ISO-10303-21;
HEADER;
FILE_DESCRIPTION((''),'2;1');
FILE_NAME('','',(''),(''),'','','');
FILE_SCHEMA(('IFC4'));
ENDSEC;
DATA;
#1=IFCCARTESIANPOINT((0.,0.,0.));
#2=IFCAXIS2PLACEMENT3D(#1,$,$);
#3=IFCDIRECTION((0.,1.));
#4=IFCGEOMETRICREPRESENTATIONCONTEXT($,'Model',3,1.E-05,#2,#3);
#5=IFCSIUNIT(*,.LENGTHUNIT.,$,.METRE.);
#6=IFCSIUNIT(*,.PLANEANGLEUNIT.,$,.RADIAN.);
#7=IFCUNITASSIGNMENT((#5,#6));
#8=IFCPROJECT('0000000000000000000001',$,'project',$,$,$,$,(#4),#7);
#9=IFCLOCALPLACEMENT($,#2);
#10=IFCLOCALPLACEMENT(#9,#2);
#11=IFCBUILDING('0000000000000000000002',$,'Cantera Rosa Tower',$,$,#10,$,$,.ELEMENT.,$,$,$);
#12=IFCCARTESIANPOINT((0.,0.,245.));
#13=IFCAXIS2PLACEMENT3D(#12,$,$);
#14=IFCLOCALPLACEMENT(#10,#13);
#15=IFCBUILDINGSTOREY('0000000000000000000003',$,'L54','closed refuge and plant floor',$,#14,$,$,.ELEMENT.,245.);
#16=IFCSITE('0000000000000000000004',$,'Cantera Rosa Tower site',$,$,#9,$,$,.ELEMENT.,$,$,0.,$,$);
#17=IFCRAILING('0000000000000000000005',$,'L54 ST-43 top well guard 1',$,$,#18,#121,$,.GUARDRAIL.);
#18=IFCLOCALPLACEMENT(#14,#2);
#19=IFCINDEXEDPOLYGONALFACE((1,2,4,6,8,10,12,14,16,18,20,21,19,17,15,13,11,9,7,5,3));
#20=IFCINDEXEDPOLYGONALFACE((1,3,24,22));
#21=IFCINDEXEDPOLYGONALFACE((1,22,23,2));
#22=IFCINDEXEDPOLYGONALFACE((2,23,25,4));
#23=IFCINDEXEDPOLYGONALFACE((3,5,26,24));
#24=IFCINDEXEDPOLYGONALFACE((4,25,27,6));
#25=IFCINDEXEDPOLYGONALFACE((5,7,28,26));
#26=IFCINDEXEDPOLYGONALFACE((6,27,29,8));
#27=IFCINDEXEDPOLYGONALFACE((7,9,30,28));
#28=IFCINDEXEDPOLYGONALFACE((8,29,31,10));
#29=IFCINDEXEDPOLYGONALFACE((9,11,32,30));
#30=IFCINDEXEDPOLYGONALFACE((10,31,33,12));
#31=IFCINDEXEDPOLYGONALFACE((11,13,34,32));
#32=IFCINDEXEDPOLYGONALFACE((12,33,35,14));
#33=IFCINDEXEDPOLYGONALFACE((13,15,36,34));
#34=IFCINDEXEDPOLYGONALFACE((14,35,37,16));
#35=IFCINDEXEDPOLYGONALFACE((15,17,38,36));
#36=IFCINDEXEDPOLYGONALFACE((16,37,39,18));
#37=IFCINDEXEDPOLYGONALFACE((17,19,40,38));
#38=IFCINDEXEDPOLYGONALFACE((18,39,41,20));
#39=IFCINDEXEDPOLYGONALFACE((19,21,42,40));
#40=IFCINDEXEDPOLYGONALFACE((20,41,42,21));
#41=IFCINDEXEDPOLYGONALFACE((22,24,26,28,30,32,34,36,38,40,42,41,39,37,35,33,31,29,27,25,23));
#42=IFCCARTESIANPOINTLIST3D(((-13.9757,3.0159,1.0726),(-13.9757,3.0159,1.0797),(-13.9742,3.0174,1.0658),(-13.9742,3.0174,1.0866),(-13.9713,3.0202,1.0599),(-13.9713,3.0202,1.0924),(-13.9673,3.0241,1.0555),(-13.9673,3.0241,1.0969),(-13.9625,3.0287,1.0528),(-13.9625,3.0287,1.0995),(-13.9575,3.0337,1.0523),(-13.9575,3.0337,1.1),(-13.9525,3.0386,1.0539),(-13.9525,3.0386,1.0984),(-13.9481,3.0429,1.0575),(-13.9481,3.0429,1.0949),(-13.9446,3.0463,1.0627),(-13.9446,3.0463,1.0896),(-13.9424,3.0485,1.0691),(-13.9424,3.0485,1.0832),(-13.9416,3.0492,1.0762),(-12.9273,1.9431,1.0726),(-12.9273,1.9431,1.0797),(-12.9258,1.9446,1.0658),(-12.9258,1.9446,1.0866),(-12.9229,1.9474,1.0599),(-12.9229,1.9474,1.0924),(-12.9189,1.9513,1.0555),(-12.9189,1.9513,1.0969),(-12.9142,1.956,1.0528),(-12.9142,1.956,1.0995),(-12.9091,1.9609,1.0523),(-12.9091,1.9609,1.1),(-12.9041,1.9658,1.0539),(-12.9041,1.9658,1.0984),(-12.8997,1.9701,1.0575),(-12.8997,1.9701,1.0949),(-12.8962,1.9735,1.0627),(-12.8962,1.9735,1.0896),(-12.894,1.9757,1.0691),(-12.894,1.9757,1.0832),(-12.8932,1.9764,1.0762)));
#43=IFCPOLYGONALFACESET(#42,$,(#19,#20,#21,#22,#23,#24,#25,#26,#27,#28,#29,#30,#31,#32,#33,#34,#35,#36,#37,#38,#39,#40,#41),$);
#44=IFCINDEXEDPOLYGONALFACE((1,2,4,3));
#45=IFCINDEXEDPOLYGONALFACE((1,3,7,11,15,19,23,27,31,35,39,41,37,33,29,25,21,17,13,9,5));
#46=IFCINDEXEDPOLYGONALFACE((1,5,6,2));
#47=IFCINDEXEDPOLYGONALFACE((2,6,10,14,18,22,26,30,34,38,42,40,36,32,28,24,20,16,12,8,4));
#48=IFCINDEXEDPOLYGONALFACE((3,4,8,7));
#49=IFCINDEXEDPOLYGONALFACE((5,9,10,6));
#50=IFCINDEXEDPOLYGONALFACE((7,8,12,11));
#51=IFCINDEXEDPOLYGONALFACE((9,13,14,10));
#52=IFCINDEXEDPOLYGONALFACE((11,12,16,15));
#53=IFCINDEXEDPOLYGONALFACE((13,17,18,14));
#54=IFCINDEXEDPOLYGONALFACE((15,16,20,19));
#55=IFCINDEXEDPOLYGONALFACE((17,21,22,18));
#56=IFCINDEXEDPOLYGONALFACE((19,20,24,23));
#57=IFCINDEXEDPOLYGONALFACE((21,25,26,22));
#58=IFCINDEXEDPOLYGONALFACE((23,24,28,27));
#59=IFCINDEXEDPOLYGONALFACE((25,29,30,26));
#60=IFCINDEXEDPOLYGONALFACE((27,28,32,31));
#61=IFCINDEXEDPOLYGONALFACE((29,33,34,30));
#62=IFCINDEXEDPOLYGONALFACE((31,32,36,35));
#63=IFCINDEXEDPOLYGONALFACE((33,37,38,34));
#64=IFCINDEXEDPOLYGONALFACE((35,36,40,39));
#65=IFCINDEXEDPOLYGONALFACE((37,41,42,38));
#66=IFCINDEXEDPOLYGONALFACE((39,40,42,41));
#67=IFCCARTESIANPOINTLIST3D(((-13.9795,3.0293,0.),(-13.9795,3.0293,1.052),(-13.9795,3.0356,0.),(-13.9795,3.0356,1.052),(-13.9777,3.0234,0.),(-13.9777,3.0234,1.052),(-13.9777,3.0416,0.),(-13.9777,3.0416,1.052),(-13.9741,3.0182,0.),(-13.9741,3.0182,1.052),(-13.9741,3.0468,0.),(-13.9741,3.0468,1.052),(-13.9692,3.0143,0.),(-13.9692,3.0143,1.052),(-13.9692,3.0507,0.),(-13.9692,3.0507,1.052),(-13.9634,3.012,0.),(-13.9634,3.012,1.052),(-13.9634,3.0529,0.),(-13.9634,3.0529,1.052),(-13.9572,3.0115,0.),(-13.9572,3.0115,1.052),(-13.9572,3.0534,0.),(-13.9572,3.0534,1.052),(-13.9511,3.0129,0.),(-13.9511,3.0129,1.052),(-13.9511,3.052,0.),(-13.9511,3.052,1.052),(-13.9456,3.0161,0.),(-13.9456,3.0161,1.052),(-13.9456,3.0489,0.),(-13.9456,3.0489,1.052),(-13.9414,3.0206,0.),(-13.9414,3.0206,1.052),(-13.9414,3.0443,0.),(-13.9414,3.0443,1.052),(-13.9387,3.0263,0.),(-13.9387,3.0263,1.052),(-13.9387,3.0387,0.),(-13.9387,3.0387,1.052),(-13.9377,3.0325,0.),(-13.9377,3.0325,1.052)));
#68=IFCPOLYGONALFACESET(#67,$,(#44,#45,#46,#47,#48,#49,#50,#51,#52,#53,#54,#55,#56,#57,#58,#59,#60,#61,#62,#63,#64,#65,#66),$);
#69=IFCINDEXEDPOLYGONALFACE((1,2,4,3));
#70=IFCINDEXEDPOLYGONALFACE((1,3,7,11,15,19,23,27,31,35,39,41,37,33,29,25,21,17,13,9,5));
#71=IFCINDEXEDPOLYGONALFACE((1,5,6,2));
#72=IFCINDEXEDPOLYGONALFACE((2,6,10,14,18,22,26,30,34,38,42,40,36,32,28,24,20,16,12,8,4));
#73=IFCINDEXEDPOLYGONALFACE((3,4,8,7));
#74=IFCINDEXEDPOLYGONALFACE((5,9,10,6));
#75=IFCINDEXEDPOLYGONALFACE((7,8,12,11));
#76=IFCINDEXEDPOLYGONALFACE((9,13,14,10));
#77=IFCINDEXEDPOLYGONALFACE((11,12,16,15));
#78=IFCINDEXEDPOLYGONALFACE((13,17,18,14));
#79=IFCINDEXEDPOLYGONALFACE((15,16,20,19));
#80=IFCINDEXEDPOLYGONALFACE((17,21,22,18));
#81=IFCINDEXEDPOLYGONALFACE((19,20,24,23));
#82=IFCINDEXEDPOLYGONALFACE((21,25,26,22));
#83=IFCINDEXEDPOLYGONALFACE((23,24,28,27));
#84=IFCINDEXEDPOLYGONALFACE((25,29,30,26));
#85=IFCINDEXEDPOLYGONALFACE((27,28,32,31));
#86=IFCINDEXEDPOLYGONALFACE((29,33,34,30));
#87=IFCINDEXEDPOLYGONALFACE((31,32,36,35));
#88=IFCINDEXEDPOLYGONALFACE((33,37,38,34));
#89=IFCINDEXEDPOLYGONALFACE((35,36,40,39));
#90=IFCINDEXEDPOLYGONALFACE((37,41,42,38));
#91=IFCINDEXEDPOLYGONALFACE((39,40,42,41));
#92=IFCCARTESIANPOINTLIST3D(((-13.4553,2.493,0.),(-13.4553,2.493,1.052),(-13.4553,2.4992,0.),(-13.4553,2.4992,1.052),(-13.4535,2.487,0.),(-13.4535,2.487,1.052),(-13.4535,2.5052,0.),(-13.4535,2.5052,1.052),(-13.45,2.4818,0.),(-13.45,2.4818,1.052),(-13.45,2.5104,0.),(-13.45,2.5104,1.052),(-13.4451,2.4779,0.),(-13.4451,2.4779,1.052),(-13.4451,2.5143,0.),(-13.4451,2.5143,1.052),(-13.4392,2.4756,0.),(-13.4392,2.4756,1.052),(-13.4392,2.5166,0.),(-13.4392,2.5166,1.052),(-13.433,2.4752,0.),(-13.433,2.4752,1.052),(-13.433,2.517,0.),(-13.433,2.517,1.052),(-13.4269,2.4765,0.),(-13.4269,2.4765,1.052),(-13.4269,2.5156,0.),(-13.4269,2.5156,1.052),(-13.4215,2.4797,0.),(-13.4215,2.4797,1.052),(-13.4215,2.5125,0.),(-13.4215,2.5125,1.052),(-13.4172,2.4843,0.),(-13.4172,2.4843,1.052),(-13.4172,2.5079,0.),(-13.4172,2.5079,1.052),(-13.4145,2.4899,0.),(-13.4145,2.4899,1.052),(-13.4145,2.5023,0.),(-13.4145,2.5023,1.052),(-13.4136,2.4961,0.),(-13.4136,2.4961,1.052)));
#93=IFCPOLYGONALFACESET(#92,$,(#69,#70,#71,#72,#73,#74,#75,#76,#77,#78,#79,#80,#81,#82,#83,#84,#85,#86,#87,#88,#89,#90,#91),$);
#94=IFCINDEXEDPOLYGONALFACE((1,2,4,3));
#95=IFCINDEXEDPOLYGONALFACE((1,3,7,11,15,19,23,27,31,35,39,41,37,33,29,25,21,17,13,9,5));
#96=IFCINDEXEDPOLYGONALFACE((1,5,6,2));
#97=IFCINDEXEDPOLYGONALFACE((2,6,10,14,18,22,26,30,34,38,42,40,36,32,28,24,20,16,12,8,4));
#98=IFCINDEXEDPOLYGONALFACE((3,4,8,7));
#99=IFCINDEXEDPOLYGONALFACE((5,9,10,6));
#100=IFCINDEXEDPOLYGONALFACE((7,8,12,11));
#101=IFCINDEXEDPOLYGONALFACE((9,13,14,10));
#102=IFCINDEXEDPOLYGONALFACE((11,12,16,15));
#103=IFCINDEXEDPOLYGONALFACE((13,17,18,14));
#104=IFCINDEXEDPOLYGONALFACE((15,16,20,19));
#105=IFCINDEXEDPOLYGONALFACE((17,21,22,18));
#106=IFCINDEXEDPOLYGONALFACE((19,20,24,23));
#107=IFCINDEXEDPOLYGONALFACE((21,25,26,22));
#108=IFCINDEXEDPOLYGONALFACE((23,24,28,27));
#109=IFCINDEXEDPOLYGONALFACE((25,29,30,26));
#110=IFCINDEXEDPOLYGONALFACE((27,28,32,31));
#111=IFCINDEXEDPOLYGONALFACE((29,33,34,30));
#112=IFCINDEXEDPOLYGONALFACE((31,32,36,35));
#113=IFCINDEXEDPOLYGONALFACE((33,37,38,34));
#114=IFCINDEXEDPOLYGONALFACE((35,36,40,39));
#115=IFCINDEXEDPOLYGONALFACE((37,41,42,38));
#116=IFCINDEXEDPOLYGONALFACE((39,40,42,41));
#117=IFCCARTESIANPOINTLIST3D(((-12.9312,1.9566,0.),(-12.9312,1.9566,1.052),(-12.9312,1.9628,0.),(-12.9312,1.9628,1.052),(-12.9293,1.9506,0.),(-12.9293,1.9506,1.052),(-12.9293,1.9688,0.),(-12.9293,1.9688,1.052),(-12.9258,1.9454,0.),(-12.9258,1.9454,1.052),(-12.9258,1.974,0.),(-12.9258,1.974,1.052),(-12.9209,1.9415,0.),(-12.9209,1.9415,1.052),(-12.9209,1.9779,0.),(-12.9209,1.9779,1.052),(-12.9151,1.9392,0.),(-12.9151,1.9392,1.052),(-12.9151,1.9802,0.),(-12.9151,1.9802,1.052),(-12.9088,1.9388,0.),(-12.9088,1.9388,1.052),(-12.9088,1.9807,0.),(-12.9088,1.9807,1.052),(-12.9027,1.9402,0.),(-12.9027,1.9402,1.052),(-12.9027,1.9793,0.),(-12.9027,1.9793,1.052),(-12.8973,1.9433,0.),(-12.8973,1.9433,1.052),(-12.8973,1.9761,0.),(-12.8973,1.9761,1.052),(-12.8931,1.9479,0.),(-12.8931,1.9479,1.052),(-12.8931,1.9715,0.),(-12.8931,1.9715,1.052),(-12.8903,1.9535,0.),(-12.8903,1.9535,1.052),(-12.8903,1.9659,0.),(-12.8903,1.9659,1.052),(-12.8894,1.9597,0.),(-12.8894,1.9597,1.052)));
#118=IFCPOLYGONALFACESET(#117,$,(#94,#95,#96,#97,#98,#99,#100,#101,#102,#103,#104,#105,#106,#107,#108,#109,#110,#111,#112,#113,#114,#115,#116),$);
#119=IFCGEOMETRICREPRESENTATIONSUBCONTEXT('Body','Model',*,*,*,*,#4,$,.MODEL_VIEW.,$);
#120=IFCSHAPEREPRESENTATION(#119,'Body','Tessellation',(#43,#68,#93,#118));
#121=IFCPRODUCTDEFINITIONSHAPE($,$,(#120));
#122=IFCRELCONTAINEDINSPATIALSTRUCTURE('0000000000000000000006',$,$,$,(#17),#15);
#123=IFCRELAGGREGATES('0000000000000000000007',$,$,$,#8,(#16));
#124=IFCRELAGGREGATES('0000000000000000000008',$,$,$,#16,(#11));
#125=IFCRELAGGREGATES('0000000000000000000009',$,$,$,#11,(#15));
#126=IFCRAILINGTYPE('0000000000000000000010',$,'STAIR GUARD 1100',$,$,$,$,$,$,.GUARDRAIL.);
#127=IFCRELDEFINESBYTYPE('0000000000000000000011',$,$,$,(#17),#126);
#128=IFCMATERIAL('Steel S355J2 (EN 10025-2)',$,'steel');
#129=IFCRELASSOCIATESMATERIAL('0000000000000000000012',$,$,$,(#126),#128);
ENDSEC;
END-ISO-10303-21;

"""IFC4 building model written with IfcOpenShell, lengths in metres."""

from ifc_helpers import new_model, si_unit, direction, frame, origin, origin_2d, place, context, subcontext, project, spatial, circle, extrude, material, type_object, element, save


model = new_model("IFC4")

# Units and contexts
model_context = context("Model", 3, precision=1e-05, world=origin(), true_north=direction((0.0, 1.0)))
body_context = subcontext(model_context, "Body", "Model", "MODEL_VIEW")
ifc_project = project(units=[si_unit("LENGTHUNIT", "METRE"), si_unit("PLANEANGLEUNIT", "RADIAN")], contexts=[model_context])

# Site, building, storey
site_placement = place(None, origin())
site = spatial("IfcSite", under=ifc_project, at=site_placement, Name="Cantera Rosa Tower site", CompositionType="ELEMENT", RefElevation=0.0)
building_placement = place(site_placement, origin())
building = spatial("IfcBuilding", under=site, at=building_placement, Name="Cantera Rosa Tower", CompositionType="ELEMENT")
storey_placement = place(building_placement, frame((0.0, 0.0, 245.0)))
storey = spatial("IfcBuildingStorey", under=building, at=storey_placement, Name="L54", Description="closed refuge and plant floor", CompositionType="ELEMENT", Elevation=245.0)

# Railing
ifc_material_1 = material(Name="Steel S355J2 (EN 10025-2)", Category="steel")
railing_type = type_object("IfcRailingType", Name="STAIR GUARD 1100", PredefinedType="GUARDRAIL", material=ifc_material_1)
railing_1_placement = place(storey_placement, frame((-13.9587, 3.0325, 0.0)))
element("IfcRailing", 1, at=railing_1_placement, inside=storey, type_object=railing_type, Name="L54 ST-43 top well guard 1", PredefinedType="GUARDRAIL", context=body_context, shape_type="SweptSolid", body=[
    extrude(circle(Radius=0.0239, at=origin_2d()), frame((0.0, 0.0, 1.0762), z_axis=(0.698922, -0.715198, 0.0), x_axis=(0.715198, 0.698922, 0.0)), (0.0, 0.0, 1.0), 1.5),
    extrude(circle(Radius=0.021, at=origin_2d()), origin(), (0.0, 0.0, 1.0), 1.052),
    extrude(circle(Radius=0.021, at=origin_2d()), frame((0.5242, -0.5364, 0.0)), (0.0, 0.0, 1.0), 1.052),
    extrude(circle(Radius=0.021, at=origin_2d()), frame((1.0483, -1.0728, 0.0)), (0.0, 0.0, 1.0), 1.052),
])

save(model, "model.ifc")
